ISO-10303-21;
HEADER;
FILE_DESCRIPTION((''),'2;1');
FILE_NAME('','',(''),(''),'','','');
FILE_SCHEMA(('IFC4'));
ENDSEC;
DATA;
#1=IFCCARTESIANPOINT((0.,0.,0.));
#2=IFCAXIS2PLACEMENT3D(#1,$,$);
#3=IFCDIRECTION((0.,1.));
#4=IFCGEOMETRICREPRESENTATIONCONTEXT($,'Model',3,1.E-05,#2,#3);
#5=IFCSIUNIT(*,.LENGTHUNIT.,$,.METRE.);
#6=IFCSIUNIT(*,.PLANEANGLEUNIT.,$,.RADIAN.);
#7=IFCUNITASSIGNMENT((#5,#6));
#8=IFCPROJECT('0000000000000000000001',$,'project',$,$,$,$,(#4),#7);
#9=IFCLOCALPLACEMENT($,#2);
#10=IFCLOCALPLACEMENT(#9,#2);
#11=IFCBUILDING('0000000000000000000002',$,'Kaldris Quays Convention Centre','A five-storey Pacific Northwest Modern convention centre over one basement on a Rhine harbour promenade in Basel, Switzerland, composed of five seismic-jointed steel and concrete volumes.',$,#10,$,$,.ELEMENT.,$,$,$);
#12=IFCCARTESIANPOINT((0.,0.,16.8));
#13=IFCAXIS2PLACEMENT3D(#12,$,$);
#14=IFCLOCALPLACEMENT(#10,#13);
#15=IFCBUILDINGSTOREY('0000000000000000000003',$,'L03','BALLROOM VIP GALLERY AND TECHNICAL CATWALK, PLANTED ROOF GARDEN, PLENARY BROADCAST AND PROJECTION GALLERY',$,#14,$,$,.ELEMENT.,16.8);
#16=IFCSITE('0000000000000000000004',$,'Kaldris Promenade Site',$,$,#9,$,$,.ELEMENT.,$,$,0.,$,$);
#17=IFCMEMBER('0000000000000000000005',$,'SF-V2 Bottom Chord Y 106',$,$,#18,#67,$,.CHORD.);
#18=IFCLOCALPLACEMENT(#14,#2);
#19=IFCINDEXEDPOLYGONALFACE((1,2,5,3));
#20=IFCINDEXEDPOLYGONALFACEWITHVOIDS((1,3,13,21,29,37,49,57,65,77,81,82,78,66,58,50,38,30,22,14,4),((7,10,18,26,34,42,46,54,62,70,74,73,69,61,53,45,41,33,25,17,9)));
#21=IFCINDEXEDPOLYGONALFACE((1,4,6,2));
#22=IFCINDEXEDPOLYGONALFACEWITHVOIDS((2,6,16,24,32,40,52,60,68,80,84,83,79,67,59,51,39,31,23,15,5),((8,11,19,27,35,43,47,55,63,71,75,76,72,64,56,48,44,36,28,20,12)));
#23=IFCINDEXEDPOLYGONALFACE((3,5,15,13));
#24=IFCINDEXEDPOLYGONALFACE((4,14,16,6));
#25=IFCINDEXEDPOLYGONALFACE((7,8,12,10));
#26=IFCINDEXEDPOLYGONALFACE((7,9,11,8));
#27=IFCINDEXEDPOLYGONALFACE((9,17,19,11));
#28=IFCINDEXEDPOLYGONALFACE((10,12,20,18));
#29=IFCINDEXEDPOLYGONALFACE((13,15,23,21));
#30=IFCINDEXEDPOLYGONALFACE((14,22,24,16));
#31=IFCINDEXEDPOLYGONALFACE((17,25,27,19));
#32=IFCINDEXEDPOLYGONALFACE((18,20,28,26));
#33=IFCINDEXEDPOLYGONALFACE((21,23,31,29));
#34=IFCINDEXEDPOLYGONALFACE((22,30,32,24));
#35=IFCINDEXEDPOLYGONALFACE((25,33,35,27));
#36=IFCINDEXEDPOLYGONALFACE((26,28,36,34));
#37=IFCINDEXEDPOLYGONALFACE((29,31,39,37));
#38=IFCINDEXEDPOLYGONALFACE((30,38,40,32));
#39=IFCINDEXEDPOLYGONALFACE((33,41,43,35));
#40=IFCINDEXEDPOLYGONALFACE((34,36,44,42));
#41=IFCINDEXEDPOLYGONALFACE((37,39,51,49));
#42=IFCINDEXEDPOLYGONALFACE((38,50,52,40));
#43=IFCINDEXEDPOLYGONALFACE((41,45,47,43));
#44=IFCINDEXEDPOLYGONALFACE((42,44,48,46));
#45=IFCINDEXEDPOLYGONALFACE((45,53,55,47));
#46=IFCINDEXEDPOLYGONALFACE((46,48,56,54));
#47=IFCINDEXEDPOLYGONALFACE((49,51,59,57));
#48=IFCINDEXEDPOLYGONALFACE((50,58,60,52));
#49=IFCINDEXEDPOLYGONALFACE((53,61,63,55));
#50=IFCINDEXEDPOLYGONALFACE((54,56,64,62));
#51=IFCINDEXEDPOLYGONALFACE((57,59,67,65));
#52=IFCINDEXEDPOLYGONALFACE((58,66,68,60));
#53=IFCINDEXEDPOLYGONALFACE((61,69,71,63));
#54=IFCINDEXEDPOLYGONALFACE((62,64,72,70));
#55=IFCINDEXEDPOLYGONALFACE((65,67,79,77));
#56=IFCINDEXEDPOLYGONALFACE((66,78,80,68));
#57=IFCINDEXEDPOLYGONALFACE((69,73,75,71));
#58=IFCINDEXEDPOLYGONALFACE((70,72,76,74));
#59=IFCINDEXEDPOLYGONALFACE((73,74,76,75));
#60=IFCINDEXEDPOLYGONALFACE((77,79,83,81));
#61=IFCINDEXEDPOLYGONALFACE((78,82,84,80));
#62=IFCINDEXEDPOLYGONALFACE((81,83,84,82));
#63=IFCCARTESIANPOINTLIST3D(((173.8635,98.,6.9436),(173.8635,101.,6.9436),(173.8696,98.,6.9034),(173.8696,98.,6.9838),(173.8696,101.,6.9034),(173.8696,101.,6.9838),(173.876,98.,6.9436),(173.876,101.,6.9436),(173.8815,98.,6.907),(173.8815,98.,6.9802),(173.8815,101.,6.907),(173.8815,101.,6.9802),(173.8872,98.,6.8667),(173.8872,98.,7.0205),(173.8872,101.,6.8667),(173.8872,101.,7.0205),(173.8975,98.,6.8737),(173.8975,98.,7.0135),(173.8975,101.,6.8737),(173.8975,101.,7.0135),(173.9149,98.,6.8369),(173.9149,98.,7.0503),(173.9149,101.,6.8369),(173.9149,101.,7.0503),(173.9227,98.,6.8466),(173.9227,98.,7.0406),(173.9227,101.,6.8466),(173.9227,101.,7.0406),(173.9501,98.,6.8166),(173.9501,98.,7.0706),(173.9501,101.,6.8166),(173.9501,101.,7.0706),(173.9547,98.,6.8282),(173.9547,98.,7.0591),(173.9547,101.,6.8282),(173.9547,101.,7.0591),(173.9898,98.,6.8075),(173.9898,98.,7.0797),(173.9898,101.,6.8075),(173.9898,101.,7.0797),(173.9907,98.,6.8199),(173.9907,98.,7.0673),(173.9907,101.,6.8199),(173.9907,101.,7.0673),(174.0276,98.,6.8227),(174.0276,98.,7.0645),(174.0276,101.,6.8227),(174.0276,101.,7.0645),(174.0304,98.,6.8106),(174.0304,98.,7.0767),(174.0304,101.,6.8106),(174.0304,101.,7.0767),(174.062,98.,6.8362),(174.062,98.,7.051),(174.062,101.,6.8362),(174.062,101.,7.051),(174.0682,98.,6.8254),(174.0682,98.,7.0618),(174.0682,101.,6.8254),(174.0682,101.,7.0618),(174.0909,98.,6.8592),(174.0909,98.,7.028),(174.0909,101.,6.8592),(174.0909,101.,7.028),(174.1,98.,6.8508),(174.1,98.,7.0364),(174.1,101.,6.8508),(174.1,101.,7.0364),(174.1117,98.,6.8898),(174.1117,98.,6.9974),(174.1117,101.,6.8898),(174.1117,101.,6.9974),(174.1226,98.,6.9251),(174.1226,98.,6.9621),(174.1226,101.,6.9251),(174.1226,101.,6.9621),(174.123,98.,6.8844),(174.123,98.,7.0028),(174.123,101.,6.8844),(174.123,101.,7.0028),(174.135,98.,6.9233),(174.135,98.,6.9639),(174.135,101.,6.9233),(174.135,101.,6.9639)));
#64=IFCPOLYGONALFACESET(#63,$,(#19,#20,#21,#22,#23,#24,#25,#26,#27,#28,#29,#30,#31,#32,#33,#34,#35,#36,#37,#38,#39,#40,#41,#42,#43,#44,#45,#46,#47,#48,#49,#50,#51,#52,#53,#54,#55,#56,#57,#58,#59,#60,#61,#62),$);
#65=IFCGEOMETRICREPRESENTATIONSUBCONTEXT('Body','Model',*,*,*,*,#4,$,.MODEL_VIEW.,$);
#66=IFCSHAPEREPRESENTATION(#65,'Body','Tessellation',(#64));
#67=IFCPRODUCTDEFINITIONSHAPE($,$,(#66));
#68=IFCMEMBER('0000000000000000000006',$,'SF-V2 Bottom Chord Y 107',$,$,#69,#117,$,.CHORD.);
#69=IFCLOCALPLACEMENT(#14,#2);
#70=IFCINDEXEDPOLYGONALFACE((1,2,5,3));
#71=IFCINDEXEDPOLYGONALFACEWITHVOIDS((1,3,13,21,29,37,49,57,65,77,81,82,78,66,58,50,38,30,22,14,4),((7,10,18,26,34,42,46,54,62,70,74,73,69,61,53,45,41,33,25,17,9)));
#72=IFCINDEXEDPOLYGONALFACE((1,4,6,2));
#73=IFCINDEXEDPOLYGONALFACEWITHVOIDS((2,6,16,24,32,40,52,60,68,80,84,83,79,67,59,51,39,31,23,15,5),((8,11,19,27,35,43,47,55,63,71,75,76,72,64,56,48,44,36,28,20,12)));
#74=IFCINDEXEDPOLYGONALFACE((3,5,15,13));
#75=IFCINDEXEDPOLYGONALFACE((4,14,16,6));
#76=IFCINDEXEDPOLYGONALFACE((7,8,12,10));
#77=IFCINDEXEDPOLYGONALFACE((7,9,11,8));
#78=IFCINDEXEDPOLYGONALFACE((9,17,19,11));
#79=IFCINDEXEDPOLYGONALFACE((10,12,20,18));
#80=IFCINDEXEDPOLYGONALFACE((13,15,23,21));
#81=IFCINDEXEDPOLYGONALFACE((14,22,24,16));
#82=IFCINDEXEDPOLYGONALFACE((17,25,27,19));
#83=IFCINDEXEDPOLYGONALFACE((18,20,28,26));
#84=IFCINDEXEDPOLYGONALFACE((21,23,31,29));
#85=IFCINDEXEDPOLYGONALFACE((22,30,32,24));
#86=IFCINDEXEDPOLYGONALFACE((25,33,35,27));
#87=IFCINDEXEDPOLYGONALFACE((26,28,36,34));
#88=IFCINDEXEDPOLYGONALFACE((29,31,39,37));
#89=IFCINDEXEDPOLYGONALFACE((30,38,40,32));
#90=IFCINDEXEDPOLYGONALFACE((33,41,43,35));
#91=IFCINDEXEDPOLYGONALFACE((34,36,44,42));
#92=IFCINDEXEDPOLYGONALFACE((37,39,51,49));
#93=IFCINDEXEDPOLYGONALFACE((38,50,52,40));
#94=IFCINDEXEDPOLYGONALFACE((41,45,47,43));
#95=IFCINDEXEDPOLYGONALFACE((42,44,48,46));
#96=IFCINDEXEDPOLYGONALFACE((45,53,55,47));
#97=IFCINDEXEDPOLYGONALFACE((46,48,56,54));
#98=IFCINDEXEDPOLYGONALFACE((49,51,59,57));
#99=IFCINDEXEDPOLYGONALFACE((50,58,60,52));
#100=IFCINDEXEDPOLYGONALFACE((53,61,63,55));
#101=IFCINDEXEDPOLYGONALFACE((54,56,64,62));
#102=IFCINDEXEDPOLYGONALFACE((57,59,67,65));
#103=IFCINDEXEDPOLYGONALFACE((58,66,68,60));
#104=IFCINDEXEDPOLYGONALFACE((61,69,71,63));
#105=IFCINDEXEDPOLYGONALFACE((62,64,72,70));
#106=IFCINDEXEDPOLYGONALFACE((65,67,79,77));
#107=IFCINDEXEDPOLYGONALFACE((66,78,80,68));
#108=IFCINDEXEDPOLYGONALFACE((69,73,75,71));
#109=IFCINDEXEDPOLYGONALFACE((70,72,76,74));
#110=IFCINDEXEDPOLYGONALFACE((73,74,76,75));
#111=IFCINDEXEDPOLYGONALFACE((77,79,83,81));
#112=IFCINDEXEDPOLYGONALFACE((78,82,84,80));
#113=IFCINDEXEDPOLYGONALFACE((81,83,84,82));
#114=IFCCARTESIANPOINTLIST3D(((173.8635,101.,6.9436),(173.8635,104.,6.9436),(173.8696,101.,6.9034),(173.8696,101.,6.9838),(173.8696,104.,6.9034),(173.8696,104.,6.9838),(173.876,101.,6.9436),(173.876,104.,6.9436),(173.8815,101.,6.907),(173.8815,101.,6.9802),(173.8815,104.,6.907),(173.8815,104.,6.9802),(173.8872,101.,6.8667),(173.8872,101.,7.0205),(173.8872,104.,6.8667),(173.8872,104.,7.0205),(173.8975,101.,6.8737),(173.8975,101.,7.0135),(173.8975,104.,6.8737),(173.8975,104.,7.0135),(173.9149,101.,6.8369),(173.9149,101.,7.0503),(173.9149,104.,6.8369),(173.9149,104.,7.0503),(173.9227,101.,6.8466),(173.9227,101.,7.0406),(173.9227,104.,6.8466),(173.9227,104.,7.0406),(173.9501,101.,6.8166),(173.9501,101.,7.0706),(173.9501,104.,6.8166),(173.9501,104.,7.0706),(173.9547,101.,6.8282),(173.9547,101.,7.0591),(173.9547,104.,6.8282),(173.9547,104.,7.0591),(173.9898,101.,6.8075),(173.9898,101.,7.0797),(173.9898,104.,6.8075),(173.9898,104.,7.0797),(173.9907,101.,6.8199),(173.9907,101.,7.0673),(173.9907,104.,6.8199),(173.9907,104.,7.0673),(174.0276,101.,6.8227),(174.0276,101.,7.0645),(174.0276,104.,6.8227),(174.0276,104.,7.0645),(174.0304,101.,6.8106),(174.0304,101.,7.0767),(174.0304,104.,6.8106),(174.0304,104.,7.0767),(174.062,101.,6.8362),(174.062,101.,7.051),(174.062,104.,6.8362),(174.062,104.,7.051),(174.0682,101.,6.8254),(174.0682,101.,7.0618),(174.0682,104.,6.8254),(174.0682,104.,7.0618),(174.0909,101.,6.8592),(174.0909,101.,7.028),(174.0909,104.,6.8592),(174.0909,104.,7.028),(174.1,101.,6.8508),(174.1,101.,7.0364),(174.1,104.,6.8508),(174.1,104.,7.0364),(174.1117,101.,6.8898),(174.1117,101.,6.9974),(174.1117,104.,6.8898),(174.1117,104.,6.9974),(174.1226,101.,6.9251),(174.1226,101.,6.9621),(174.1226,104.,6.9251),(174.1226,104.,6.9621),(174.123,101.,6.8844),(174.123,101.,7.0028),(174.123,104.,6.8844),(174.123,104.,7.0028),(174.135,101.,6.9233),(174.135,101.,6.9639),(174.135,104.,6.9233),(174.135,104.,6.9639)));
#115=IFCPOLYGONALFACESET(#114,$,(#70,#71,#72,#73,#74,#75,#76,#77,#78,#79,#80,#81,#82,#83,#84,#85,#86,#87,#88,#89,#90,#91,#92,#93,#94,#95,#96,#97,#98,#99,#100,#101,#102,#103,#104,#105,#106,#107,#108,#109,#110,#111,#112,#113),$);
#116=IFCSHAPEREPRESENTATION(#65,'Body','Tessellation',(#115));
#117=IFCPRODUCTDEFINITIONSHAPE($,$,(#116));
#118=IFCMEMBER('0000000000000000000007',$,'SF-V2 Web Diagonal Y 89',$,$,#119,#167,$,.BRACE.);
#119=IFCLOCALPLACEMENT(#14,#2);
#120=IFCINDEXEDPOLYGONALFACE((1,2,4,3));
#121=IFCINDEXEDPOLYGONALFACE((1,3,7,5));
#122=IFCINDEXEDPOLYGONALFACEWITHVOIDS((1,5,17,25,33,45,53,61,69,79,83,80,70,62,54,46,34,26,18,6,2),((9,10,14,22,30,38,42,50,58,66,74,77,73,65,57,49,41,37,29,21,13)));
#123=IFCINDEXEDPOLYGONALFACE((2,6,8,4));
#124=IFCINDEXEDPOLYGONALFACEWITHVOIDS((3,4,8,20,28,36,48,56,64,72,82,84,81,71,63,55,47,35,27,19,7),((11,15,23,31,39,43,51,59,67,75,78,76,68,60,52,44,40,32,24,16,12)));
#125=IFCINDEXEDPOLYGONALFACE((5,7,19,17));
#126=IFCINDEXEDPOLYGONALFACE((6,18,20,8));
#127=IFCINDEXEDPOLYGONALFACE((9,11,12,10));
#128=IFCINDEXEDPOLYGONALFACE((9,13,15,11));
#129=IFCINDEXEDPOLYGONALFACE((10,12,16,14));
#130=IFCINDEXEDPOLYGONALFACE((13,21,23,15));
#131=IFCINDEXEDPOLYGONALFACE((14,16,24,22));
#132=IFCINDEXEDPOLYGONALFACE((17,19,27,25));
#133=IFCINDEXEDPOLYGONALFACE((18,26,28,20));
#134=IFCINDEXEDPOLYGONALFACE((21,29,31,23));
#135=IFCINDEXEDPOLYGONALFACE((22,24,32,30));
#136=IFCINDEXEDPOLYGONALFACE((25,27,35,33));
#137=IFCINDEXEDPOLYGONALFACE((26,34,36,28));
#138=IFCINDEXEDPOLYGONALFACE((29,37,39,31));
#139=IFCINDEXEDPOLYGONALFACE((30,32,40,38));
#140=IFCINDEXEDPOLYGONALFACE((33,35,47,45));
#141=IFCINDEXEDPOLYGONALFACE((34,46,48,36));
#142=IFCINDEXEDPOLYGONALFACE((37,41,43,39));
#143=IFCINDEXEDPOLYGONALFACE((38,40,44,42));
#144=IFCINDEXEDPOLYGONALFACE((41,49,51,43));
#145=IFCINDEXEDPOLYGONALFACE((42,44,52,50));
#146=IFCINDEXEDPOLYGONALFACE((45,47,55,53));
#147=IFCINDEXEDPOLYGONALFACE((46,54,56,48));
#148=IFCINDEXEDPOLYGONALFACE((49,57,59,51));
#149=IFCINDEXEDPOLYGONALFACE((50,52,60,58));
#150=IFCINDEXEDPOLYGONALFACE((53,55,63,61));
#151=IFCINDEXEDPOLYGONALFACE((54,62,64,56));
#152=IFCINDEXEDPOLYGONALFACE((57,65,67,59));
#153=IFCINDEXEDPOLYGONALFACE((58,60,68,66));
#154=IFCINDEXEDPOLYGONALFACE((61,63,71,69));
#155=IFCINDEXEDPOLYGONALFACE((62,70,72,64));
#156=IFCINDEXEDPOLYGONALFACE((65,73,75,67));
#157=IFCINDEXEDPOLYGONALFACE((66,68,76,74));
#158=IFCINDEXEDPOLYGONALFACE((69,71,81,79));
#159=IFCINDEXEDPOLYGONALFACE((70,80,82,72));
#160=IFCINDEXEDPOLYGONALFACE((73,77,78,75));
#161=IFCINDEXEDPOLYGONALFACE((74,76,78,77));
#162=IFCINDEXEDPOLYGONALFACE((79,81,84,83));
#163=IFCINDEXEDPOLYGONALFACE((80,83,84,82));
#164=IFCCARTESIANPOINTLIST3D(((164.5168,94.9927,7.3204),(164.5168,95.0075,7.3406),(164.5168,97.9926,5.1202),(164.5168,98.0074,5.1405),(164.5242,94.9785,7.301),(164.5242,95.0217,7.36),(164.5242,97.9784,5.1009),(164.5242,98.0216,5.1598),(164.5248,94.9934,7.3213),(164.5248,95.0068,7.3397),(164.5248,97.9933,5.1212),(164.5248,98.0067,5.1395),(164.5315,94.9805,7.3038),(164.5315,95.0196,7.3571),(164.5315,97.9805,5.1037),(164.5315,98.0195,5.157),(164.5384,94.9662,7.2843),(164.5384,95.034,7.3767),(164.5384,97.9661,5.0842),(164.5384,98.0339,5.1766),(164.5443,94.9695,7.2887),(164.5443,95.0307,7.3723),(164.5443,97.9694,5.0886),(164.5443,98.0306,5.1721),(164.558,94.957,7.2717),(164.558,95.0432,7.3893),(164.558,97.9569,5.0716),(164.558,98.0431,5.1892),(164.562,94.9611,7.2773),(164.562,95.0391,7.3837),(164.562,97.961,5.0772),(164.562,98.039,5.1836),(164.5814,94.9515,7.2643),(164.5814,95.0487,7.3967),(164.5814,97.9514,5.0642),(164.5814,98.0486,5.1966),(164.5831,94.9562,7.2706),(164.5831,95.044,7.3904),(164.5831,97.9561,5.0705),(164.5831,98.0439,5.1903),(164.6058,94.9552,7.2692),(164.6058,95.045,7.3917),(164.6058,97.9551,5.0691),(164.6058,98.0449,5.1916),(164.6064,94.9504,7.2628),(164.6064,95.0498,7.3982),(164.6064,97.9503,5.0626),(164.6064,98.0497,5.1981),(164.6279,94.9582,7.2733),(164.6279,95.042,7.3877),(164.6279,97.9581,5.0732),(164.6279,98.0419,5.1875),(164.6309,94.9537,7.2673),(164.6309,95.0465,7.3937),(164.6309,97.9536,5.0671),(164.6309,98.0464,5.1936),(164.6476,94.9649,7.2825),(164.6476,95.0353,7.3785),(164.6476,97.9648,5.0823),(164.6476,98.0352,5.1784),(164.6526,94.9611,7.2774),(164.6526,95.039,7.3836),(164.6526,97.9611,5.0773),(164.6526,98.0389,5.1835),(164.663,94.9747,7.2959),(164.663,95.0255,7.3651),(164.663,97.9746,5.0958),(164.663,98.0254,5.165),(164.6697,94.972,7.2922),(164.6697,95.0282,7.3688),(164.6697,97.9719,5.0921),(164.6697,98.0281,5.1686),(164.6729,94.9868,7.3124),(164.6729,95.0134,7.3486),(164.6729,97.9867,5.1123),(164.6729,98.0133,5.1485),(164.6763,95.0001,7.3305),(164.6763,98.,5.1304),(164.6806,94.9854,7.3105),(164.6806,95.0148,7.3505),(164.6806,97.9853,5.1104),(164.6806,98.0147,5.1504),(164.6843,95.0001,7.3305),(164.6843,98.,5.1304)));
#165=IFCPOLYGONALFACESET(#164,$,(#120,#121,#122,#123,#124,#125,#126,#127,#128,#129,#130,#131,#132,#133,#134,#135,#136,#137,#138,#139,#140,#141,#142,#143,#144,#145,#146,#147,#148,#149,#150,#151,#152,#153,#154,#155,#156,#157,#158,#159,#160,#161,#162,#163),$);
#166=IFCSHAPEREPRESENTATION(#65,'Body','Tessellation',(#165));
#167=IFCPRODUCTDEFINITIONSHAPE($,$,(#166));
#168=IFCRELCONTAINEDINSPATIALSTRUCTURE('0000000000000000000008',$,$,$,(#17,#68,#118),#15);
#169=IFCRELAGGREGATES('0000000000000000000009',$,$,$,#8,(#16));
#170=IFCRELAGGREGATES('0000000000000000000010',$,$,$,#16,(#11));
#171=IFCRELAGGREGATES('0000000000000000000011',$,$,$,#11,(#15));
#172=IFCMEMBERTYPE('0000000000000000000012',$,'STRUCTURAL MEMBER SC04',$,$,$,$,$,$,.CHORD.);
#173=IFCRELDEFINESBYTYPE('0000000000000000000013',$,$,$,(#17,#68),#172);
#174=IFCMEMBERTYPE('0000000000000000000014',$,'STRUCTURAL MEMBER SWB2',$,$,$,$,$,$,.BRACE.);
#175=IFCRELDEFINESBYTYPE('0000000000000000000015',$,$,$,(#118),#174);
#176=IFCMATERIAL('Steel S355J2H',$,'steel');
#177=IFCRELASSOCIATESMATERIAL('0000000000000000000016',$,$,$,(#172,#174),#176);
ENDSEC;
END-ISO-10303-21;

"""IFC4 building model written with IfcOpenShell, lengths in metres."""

from ifc_helpers import new_model, si_unit, direction, frame, origin, origin_2d, place, context, subcontext, project, spatial, hollow_circle, extrude, material, material_profile, profile_set, type_object, element, save


model = new_model("IFC4")

# Units and contexts
model_context = context("Model", 3, precision=1e-05, world=origin(), true_north=direction((0.0, 1.0)))
body_context = subcontext(model_context, "Body", "Model", "MODEL_VIEW")
ifc_project = project(units=[si_unit("LENGTHUNIT", "METRE"), si_unit("PLANEANGLEUNIT", "RADIAN")], contexts=[model_context])

# Site, building, storey
site_placement = place(None, origin())
site = spatial("IfcSite", under=ifc_project, at=site_placement, Name="Kaldris Promenade Site", CompositionType="ELEMENT", RefElevation=0.0)
building_placement = place(site_placement, origin())
building = spatial("IfcBuilding", under=site, at=building_placement, Name="Kaldris Quays Convention Centre", Description="A five-storey Pacific Northwest Modern convention centre over one basement on a Rhine harbour promenade in Basel, Switzerland, composed of five seismic-jointed steel and concrete volumes.", CompositionType="ELEMENT")
storey_placement = place(building_placement, frame((0.0, 0.0, 16.8)))
storey = spatial("IfcBuildingStorey", under=building, at=storey_placement, Name="L03", Description="BALLROOM VIP GALLERY AND TECHNICAL CATWALK, PLANTED ROOF GARDEN, PLENARY BROADCAST AND PROJECTION GALLERY", CompositionType="ELEMENT", Elevation=16.8)

# Members
ifc_material_1 = material(Name="Steel S355J2H", Category="steel")
ifc_material_profile_1 = material_profile(ifc_material_1, hollow_circle(Radius=0.1365, WallThickness=0.0125, at=origin_2d()), Name="CHS 273x12.5")
ifc_profile_set_1 = profile_set([ifc_material_profile_1], Name="Steel S355J2H")
member_type_1 = type_object("IfcMemberType", Name="STRUCTURAL MEMBER SC04", PredefinedType="CHORD", material=ifc_profile_set_1)
for number, where, z_axis, x_axis, name in (
    (1, (174.0, 98.0, 6.9436), (0.0, 1.0, 0.0), (-1.0, 0.0, 0.0), "SF-V2 Bottom Chord Y 106"),
    (2, (174.0, 101.0, 6.9436), (0.0, 1.0, 0.0), (-1.0, 0.0, 0.0), "SF-V2 Bottom Chord Y 107"),
):
    element("IfcMember", number, at=place(storey_placement, frame(where, z_axis=z_axis, x_axis=x_axis)), inside=storey, type_object=member_type_1, Name=name, PredefinedType="CHORD", context=body_context, shape_type="SweptSolid", body=[
        extrude(hollow_circle(Radius=0.1365, WallThickness=0.0125, at=origin_2d()), origin(), (0.0, 0.0, 1.0), 3.0),
    ])
ifc_material_profile_2 = material_profile(ifc_material_1, hollow_circle(Radius=0.0842, WallThickness=0.0081, at=origin_2d()), Name="CHS 168.3x8")
ifc_profile_set_2 = profile_set([ifc_material_profile_2], Name="Steel S355J2H")
member_type_2 = type_object("IfcMemberType", Name="STRUCTURAL MEMBER SWB2", PredefinedType="BRACE", material=ifc_profile_set_2)
for number, where, z_axis, x_axis, name in (
    (3, (164.6001, 98.0, 5.1304), (0.0, -0.80638, 0.591398), (1.0, 0.0, 0.0), "SF-V2 Web Diagonal Y 89"),
):
    element("IfcMember", number, at=place(storey_placement, frame(where, z_axis=z_axis, x_axis=x_axis)), inside=storey, type_object=member_type_2, Name=name, PredefinedType="BRACE", context=body_context, shape_type="SweptSolid", body=[
        extrude(hollow_circle(Radius=0.0842, WallThickness=0.0081, at=origin_2d()), origin(), (0.0, 0.0, 1.0), 3.7202),
    ])

save(model, "model.ifc")
